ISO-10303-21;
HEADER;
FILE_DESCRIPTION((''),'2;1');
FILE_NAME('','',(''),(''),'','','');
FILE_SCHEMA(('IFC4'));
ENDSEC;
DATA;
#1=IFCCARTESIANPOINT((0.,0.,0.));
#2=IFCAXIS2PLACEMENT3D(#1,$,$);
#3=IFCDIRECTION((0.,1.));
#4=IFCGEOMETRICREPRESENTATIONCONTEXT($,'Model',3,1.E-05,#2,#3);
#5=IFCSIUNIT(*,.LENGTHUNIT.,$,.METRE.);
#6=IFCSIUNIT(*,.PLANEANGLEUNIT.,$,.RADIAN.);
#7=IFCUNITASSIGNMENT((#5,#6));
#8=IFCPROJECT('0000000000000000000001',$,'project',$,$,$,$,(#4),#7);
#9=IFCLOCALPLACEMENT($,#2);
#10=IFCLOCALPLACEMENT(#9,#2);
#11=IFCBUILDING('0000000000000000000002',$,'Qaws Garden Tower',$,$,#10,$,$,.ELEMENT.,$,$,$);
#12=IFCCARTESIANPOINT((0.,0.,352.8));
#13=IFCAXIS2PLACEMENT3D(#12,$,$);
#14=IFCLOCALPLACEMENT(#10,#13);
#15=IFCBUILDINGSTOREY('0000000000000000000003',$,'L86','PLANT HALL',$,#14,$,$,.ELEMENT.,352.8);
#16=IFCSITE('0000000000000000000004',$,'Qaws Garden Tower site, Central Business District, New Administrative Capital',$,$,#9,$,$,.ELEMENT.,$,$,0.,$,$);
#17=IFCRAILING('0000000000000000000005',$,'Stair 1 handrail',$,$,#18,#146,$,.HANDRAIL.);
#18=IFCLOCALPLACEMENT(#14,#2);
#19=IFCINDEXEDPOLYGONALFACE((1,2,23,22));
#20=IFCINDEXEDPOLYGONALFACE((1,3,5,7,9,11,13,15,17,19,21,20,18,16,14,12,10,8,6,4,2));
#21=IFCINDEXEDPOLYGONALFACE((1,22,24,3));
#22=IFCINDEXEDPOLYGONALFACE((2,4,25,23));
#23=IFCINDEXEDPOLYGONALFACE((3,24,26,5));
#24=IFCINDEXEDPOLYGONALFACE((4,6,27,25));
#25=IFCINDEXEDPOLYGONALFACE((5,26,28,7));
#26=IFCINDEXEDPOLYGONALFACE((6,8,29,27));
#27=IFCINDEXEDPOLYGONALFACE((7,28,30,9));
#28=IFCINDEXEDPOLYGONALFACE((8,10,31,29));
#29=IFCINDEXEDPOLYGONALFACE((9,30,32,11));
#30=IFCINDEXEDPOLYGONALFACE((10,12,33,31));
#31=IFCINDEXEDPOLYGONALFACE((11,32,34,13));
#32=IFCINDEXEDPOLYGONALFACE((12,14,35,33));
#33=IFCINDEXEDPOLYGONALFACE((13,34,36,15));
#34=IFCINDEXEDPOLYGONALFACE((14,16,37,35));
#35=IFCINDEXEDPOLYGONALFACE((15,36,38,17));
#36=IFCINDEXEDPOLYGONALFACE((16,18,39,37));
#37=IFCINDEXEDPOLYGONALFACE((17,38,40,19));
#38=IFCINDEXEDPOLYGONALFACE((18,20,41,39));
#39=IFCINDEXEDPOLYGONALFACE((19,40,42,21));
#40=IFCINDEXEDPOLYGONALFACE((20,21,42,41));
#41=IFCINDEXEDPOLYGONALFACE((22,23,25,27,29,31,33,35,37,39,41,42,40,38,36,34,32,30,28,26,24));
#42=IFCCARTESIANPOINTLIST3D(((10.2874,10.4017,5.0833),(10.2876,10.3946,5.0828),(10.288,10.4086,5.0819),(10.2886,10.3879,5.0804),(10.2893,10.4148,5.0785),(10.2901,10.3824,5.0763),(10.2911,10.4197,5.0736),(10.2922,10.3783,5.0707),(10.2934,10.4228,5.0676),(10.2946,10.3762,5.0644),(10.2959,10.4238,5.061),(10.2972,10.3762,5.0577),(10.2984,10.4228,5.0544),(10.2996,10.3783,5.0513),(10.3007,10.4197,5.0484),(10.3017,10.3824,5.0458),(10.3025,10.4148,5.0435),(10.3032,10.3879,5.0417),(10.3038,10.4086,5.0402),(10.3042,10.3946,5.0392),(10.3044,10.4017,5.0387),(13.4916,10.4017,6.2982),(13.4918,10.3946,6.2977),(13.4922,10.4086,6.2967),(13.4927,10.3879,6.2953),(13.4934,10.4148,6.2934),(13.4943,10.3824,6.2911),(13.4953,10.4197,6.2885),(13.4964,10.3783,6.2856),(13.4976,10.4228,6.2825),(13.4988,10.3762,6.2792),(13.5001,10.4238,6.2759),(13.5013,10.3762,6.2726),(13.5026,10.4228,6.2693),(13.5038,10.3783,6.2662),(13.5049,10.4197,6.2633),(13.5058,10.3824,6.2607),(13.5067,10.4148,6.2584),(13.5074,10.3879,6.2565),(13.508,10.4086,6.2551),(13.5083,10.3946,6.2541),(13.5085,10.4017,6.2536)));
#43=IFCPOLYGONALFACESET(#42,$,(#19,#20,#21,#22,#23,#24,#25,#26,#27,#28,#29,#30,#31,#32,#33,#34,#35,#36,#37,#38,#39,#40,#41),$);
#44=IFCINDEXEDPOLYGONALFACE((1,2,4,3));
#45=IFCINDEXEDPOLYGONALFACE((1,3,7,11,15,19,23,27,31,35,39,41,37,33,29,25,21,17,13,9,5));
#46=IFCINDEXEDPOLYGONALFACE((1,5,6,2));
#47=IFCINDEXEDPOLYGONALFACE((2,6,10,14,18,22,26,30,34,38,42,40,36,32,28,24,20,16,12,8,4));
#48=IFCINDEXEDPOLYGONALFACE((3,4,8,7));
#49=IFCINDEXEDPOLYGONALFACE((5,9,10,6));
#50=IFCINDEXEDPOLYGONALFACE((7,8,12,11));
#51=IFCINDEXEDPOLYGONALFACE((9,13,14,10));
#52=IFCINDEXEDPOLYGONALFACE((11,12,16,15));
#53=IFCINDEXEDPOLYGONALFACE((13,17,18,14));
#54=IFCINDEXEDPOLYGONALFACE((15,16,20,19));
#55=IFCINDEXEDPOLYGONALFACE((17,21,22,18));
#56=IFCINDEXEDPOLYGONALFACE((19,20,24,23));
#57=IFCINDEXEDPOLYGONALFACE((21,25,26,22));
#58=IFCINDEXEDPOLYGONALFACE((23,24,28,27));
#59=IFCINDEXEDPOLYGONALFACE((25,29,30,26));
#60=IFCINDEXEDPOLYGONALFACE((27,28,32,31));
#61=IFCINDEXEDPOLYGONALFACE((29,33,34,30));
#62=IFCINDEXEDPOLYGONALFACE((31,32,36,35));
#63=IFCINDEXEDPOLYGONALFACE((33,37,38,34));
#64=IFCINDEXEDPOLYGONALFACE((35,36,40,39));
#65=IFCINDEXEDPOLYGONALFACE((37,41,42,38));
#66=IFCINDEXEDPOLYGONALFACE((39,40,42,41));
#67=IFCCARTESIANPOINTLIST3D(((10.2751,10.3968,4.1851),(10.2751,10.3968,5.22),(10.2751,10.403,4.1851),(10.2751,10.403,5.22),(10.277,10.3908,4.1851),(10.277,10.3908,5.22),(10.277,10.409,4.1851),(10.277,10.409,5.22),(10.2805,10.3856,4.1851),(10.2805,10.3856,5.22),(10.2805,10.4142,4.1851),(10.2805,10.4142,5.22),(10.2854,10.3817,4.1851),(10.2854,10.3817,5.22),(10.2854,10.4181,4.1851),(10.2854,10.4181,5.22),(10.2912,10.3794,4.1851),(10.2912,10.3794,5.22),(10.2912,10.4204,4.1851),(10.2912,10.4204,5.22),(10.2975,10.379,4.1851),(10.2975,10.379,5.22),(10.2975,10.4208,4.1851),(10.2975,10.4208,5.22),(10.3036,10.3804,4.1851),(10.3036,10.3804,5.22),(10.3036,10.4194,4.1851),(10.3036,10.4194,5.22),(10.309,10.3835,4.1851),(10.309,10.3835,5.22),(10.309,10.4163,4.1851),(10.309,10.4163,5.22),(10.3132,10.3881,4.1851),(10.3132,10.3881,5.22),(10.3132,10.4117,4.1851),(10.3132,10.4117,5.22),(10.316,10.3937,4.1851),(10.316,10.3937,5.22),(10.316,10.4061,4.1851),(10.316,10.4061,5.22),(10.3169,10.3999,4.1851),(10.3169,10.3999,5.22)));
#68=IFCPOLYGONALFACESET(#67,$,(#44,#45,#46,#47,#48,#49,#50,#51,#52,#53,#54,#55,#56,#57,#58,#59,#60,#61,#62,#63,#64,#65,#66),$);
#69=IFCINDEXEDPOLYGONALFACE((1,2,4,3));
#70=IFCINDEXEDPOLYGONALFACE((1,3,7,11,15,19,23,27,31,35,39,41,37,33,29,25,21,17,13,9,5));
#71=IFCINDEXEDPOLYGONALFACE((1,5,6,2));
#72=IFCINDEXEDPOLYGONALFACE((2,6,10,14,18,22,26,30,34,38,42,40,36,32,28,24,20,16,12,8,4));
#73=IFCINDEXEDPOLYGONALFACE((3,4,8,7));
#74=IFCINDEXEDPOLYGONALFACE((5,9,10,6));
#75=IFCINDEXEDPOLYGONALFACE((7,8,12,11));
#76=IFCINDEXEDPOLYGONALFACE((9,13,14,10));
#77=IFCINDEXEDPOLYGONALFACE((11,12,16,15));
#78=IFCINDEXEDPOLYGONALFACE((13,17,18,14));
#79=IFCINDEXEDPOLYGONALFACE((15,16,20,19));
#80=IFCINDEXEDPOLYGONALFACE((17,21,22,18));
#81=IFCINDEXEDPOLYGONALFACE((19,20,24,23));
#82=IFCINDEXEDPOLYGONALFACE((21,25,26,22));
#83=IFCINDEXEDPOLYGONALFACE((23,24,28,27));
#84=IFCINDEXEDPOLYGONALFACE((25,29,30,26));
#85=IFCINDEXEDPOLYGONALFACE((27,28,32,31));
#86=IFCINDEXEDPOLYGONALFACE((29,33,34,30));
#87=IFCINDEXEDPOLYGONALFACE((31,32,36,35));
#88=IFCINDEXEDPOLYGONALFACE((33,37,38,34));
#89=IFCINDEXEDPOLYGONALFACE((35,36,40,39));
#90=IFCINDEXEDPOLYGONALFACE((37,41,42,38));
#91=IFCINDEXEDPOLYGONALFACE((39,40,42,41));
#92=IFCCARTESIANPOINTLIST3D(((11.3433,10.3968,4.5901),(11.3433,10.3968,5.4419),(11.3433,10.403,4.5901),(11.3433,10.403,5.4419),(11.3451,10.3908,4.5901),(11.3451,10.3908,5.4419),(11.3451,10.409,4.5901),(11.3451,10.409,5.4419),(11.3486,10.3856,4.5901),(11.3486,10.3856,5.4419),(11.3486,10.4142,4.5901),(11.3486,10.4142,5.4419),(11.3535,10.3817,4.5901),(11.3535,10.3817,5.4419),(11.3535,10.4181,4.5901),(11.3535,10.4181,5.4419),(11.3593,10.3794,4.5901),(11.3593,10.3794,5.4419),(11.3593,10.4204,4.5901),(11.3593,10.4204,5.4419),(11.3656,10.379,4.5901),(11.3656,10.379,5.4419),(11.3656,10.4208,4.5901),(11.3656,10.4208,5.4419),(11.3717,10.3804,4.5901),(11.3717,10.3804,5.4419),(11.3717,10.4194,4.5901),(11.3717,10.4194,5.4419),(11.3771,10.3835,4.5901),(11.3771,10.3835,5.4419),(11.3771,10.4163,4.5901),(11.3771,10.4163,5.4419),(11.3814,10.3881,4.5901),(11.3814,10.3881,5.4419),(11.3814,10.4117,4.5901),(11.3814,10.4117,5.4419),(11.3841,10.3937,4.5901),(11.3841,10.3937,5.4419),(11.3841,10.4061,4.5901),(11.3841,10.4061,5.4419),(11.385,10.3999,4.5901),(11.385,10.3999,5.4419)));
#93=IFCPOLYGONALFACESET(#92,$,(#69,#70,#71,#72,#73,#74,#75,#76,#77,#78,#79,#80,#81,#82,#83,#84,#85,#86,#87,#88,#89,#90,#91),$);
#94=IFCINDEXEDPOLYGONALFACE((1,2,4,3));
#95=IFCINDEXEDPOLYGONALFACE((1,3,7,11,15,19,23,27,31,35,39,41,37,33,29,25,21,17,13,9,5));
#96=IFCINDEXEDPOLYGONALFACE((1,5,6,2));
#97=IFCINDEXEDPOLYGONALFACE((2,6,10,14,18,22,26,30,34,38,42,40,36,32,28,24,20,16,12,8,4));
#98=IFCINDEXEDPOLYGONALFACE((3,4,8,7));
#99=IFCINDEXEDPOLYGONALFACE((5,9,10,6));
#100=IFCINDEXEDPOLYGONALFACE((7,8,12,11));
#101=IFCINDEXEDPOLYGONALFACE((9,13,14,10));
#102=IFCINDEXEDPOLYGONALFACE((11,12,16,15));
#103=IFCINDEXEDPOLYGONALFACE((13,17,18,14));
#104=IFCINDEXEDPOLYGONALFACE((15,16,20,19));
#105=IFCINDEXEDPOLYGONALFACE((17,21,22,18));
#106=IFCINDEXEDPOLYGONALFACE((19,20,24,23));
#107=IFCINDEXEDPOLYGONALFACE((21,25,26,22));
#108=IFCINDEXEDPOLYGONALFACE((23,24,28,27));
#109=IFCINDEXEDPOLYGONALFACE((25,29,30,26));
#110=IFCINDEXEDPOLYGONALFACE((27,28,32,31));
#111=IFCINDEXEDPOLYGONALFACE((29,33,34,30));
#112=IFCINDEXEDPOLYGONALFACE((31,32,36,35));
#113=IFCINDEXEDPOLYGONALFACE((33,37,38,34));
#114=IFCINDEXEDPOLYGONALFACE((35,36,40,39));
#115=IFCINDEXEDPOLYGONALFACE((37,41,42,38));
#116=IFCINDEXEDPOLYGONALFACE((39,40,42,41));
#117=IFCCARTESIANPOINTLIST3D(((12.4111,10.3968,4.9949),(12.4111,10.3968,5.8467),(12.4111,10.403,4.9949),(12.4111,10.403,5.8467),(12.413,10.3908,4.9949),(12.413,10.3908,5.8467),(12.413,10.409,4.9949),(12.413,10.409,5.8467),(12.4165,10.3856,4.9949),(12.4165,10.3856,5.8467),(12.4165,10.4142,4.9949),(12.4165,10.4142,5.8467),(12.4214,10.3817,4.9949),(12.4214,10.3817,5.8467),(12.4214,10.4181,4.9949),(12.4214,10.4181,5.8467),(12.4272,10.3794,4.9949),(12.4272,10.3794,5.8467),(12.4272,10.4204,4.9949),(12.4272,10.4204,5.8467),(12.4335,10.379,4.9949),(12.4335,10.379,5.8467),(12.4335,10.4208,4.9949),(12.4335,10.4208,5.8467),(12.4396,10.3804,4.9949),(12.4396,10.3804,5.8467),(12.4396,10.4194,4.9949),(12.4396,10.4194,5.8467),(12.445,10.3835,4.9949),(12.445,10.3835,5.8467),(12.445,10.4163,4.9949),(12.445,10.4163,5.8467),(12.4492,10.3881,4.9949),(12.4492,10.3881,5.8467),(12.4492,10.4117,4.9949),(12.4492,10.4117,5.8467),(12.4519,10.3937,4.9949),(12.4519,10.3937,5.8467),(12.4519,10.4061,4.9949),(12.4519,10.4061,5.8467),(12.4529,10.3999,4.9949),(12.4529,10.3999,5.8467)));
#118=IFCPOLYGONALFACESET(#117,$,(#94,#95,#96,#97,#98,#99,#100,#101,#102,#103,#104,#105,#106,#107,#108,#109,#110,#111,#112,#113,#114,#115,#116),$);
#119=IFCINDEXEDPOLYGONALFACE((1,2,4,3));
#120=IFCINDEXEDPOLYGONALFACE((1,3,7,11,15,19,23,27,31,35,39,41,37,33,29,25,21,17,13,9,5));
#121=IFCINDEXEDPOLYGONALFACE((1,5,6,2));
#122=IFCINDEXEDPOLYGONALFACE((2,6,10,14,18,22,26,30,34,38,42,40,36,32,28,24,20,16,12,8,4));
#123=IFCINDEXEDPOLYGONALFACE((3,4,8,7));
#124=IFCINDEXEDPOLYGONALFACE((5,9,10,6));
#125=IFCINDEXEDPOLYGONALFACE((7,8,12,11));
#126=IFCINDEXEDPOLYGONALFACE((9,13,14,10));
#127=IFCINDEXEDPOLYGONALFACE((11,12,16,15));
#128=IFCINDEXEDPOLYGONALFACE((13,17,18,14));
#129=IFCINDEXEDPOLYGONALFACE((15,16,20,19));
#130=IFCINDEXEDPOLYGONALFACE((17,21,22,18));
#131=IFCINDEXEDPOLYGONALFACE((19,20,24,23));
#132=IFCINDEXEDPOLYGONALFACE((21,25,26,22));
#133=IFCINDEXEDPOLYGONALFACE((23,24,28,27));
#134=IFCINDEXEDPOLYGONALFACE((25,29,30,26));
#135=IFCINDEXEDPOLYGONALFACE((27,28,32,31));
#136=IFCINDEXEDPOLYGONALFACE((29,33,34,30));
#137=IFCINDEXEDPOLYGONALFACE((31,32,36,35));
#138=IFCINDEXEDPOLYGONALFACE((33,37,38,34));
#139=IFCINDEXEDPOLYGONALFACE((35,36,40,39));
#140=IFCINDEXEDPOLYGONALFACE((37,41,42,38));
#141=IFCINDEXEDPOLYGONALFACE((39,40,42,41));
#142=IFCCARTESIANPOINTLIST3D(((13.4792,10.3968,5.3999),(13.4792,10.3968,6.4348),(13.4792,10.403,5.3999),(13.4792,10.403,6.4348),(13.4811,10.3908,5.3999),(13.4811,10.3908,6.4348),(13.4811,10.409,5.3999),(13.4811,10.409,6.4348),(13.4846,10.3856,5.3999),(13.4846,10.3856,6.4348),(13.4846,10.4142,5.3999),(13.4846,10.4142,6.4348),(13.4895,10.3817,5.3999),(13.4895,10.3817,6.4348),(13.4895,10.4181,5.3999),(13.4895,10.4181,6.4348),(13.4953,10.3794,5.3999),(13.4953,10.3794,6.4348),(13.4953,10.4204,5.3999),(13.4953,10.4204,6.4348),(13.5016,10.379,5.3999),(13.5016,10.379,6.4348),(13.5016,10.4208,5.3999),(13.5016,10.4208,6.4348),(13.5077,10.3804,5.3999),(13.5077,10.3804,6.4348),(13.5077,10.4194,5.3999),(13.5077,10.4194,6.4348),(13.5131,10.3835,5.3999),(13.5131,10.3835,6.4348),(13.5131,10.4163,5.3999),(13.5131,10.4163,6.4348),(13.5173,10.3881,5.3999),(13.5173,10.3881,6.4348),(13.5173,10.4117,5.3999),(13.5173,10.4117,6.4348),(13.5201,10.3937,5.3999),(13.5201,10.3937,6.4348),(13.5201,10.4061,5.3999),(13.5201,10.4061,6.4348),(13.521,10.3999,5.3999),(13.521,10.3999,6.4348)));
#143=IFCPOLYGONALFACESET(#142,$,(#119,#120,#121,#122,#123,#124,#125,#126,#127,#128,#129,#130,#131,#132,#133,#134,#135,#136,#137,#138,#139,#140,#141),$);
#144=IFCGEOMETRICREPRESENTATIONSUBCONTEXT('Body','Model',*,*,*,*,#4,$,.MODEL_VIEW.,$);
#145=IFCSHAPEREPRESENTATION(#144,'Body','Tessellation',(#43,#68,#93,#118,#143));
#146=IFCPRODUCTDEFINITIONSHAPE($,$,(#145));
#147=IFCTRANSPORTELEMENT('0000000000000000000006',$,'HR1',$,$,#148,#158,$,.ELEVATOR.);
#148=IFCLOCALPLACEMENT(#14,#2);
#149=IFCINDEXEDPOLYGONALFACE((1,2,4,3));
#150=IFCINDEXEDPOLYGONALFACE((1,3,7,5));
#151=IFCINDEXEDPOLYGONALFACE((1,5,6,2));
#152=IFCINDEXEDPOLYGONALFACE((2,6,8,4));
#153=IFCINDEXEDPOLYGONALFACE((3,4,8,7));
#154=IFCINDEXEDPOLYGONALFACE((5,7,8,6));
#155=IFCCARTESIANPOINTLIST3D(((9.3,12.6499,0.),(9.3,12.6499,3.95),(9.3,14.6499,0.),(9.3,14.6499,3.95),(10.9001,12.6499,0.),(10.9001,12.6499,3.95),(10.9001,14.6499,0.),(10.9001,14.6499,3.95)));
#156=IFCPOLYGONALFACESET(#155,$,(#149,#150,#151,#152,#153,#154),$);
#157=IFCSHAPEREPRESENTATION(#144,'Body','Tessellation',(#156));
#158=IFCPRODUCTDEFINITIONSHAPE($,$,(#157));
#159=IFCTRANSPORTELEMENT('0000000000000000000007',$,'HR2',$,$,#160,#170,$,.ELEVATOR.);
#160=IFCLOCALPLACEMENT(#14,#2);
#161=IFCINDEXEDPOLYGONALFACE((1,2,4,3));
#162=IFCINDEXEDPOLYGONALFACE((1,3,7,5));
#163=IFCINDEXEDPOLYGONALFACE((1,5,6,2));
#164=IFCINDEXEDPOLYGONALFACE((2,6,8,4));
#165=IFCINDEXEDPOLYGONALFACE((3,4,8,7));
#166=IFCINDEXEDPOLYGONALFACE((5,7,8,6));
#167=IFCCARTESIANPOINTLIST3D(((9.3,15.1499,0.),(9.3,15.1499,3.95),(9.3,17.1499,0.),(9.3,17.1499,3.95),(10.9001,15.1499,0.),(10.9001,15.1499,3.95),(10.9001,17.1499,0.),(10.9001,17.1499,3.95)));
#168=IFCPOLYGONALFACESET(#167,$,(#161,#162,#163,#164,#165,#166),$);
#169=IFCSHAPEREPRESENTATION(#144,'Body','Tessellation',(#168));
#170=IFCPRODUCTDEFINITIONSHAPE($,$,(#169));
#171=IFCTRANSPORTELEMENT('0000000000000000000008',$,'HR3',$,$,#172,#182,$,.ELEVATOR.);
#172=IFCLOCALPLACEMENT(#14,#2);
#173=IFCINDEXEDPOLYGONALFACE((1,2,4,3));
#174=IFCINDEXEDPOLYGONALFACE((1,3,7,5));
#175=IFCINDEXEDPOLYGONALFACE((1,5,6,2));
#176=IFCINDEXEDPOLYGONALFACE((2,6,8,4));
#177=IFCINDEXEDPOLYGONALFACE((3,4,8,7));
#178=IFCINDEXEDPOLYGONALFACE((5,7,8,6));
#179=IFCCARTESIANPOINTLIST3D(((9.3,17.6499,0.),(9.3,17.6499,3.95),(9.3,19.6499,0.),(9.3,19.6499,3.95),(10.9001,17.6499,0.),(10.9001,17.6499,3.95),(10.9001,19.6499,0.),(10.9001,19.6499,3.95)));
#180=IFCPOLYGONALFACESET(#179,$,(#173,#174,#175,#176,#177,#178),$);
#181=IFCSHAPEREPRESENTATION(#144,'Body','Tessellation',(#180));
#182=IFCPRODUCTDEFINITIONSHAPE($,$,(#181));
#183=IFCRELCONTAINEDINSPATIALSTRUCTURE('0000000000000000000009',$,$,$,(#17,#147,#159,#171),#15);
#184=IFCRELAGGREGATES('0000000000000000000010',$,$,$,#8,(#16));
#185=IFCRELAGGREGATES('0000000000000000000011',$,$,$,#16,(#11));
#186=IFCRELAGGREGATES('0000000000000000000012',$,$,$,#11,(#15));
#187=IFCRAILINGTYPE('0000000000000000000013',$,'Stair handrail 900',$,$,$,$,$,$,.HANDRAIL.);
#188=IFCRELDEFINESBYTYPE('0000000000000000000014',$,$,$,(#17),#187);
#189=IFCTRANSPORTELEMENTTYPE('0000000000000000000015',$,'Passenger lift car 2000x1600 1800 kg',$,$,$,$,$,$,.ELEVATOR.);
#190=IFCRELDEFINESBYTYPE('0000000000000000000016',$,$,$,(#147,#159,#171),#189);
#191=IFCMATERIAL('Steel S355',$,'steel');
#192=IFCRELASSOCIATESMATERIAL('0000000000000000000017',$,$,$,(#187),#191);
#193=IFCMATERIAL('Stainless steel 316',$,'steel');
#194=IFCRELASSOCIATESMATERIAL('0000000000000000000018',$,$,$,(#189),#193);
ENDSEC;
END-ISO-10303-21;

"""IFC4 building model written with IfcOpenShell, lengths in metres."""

from ifc_helpers import new_model, si_unit, direction, frame, origin, origin_2d, place, context, subcontext, project, spatial, rectangle, circle, extrude, material, type_object, element, save


model = new_model("IFC4")

# Units and contexts
model_context = context("Model", 3, precision=1e-05, world=origin(), true_north=direction((0.0, 1.0)))
body_context = subcontext(model_context, "Body", "Model", "MODEL_VIEW")
ifc_project = project(units=[si_unit("LENGTHUNIT", "METRE"), si_unit("PLANEANGLEUNIT", "RADIAN")], contexts=[model_context])

# Site, building, storey
site_placement = place(None, origin())
site = spatial("IfcSite", under=ifc_project, at=site_placement, Name="Qaws Garden Tower site, Central Business District, New Administrative Capital", CompositionType="ELEMENT", RefElevation=0.0)
building_placement = place(site_placement, origin())
building = spatial("IfcBuilding", under=site, at=building_placement, Name="Qaws Garden Tower", CompositionType="ELEMENT")
storey_placement = place(building_placement, frame((0.0, 0.0, 352.8)))
storey = spatial("IfcBuildingStorey", under=building, at=storey_placement, Name="L86", Description="PLANT HALL", CompositionType="ELEMENT", Elevation=352.8)

# Railing
ifc_material_1 = material(Name="Steel S355", Category="steel")
railing_type = type_object("IfcRailingType", Name="Stair handrail 900", PredefinedType="HANDRAIL", material=ifc_material_1)
railing_1_placement = place(storey_placement, frame((10.2959, 10.3999, 4.1851)))
element("IfcRailing", 1, at=railing_1_placement, inside=storey, type_object=railing_type, Name="Stair 1 handrail", PredefinedType="HANDRAIL", context=body_context, shape_type="SweptSolid", body=[
    extrude(circle(Radius=0.0239, at=origin_2d()), frame((0.0, 0.0, 0.876), z_axis=(0.935046, 0.0, 0.354525), x_axis=(0.0, 1.0, 0.0)), (0.0, 0.0, 1.0), 3.4268),
    extrude(circle(Radius=0.021, at=origin_2d()), origin(), (0.0, 0.0, 1.0), 1.0349),
    extrude(circle(Radius=0.021, at=origin_2d()), frame((1.0681, 0.0, 0.405)), (0.0, 0.0, 1.0), 0.8518),
    extrude(circle(Radius=0.021, at=origin_2d()), frame((2.136, 0.0, 0.8098)), (0.0, 0.0, 1.0), 0.8518),
    extrude(circle(Radius=0.021, at=origin_2d()), frame((3.2041, 0.0, 1.2148)), (0.0, 0.0, 1.0), 1.0349),
])

# Transport elements
ifc_material_2 = material(Name="Stainless steel 316", Category="steel")
transport_element_type = type_object("IfcTransportElementType", Name="Passenger lift car 2000x1600 1800 kg", PredefinedType="ELEVATOR", material=ifc_material_2)
for number, where, z_axis, x_axis, name in (
    (2, (10.1001, 13.6499, 0.0), (0.0, 0.0, 1.0), (1.0, 0.0, 0.0), "HR1"),
    (3, (10.1001, 16.1499, 0.0), (0.0, 0.0, 1.0), (1.0, 0.0, 0.0), "HR2"),
    (4, (10.1001, 18.6499, 0.0), (0.0, 0.0, 1.0), (1.0, 0.0, 0.0), "HR3"),
):
    element("IfcTransportElement", number, at=place(storey_placement, frame(where, z_axis=z_axis, x_axis=x_axis)), inside=storey, type_object=transport_element_type, Name=name, PredefinedType="ELEVATOR", context=body_context, shape_type="SweptSolid", body=[
        extrude(rectangle(XDim=1.6001, YDim=2.0, at=origin_2d()), origin(), (0.0, 0.0, 1.0), 3.95),
    ])

save(model, "model.ifc")
